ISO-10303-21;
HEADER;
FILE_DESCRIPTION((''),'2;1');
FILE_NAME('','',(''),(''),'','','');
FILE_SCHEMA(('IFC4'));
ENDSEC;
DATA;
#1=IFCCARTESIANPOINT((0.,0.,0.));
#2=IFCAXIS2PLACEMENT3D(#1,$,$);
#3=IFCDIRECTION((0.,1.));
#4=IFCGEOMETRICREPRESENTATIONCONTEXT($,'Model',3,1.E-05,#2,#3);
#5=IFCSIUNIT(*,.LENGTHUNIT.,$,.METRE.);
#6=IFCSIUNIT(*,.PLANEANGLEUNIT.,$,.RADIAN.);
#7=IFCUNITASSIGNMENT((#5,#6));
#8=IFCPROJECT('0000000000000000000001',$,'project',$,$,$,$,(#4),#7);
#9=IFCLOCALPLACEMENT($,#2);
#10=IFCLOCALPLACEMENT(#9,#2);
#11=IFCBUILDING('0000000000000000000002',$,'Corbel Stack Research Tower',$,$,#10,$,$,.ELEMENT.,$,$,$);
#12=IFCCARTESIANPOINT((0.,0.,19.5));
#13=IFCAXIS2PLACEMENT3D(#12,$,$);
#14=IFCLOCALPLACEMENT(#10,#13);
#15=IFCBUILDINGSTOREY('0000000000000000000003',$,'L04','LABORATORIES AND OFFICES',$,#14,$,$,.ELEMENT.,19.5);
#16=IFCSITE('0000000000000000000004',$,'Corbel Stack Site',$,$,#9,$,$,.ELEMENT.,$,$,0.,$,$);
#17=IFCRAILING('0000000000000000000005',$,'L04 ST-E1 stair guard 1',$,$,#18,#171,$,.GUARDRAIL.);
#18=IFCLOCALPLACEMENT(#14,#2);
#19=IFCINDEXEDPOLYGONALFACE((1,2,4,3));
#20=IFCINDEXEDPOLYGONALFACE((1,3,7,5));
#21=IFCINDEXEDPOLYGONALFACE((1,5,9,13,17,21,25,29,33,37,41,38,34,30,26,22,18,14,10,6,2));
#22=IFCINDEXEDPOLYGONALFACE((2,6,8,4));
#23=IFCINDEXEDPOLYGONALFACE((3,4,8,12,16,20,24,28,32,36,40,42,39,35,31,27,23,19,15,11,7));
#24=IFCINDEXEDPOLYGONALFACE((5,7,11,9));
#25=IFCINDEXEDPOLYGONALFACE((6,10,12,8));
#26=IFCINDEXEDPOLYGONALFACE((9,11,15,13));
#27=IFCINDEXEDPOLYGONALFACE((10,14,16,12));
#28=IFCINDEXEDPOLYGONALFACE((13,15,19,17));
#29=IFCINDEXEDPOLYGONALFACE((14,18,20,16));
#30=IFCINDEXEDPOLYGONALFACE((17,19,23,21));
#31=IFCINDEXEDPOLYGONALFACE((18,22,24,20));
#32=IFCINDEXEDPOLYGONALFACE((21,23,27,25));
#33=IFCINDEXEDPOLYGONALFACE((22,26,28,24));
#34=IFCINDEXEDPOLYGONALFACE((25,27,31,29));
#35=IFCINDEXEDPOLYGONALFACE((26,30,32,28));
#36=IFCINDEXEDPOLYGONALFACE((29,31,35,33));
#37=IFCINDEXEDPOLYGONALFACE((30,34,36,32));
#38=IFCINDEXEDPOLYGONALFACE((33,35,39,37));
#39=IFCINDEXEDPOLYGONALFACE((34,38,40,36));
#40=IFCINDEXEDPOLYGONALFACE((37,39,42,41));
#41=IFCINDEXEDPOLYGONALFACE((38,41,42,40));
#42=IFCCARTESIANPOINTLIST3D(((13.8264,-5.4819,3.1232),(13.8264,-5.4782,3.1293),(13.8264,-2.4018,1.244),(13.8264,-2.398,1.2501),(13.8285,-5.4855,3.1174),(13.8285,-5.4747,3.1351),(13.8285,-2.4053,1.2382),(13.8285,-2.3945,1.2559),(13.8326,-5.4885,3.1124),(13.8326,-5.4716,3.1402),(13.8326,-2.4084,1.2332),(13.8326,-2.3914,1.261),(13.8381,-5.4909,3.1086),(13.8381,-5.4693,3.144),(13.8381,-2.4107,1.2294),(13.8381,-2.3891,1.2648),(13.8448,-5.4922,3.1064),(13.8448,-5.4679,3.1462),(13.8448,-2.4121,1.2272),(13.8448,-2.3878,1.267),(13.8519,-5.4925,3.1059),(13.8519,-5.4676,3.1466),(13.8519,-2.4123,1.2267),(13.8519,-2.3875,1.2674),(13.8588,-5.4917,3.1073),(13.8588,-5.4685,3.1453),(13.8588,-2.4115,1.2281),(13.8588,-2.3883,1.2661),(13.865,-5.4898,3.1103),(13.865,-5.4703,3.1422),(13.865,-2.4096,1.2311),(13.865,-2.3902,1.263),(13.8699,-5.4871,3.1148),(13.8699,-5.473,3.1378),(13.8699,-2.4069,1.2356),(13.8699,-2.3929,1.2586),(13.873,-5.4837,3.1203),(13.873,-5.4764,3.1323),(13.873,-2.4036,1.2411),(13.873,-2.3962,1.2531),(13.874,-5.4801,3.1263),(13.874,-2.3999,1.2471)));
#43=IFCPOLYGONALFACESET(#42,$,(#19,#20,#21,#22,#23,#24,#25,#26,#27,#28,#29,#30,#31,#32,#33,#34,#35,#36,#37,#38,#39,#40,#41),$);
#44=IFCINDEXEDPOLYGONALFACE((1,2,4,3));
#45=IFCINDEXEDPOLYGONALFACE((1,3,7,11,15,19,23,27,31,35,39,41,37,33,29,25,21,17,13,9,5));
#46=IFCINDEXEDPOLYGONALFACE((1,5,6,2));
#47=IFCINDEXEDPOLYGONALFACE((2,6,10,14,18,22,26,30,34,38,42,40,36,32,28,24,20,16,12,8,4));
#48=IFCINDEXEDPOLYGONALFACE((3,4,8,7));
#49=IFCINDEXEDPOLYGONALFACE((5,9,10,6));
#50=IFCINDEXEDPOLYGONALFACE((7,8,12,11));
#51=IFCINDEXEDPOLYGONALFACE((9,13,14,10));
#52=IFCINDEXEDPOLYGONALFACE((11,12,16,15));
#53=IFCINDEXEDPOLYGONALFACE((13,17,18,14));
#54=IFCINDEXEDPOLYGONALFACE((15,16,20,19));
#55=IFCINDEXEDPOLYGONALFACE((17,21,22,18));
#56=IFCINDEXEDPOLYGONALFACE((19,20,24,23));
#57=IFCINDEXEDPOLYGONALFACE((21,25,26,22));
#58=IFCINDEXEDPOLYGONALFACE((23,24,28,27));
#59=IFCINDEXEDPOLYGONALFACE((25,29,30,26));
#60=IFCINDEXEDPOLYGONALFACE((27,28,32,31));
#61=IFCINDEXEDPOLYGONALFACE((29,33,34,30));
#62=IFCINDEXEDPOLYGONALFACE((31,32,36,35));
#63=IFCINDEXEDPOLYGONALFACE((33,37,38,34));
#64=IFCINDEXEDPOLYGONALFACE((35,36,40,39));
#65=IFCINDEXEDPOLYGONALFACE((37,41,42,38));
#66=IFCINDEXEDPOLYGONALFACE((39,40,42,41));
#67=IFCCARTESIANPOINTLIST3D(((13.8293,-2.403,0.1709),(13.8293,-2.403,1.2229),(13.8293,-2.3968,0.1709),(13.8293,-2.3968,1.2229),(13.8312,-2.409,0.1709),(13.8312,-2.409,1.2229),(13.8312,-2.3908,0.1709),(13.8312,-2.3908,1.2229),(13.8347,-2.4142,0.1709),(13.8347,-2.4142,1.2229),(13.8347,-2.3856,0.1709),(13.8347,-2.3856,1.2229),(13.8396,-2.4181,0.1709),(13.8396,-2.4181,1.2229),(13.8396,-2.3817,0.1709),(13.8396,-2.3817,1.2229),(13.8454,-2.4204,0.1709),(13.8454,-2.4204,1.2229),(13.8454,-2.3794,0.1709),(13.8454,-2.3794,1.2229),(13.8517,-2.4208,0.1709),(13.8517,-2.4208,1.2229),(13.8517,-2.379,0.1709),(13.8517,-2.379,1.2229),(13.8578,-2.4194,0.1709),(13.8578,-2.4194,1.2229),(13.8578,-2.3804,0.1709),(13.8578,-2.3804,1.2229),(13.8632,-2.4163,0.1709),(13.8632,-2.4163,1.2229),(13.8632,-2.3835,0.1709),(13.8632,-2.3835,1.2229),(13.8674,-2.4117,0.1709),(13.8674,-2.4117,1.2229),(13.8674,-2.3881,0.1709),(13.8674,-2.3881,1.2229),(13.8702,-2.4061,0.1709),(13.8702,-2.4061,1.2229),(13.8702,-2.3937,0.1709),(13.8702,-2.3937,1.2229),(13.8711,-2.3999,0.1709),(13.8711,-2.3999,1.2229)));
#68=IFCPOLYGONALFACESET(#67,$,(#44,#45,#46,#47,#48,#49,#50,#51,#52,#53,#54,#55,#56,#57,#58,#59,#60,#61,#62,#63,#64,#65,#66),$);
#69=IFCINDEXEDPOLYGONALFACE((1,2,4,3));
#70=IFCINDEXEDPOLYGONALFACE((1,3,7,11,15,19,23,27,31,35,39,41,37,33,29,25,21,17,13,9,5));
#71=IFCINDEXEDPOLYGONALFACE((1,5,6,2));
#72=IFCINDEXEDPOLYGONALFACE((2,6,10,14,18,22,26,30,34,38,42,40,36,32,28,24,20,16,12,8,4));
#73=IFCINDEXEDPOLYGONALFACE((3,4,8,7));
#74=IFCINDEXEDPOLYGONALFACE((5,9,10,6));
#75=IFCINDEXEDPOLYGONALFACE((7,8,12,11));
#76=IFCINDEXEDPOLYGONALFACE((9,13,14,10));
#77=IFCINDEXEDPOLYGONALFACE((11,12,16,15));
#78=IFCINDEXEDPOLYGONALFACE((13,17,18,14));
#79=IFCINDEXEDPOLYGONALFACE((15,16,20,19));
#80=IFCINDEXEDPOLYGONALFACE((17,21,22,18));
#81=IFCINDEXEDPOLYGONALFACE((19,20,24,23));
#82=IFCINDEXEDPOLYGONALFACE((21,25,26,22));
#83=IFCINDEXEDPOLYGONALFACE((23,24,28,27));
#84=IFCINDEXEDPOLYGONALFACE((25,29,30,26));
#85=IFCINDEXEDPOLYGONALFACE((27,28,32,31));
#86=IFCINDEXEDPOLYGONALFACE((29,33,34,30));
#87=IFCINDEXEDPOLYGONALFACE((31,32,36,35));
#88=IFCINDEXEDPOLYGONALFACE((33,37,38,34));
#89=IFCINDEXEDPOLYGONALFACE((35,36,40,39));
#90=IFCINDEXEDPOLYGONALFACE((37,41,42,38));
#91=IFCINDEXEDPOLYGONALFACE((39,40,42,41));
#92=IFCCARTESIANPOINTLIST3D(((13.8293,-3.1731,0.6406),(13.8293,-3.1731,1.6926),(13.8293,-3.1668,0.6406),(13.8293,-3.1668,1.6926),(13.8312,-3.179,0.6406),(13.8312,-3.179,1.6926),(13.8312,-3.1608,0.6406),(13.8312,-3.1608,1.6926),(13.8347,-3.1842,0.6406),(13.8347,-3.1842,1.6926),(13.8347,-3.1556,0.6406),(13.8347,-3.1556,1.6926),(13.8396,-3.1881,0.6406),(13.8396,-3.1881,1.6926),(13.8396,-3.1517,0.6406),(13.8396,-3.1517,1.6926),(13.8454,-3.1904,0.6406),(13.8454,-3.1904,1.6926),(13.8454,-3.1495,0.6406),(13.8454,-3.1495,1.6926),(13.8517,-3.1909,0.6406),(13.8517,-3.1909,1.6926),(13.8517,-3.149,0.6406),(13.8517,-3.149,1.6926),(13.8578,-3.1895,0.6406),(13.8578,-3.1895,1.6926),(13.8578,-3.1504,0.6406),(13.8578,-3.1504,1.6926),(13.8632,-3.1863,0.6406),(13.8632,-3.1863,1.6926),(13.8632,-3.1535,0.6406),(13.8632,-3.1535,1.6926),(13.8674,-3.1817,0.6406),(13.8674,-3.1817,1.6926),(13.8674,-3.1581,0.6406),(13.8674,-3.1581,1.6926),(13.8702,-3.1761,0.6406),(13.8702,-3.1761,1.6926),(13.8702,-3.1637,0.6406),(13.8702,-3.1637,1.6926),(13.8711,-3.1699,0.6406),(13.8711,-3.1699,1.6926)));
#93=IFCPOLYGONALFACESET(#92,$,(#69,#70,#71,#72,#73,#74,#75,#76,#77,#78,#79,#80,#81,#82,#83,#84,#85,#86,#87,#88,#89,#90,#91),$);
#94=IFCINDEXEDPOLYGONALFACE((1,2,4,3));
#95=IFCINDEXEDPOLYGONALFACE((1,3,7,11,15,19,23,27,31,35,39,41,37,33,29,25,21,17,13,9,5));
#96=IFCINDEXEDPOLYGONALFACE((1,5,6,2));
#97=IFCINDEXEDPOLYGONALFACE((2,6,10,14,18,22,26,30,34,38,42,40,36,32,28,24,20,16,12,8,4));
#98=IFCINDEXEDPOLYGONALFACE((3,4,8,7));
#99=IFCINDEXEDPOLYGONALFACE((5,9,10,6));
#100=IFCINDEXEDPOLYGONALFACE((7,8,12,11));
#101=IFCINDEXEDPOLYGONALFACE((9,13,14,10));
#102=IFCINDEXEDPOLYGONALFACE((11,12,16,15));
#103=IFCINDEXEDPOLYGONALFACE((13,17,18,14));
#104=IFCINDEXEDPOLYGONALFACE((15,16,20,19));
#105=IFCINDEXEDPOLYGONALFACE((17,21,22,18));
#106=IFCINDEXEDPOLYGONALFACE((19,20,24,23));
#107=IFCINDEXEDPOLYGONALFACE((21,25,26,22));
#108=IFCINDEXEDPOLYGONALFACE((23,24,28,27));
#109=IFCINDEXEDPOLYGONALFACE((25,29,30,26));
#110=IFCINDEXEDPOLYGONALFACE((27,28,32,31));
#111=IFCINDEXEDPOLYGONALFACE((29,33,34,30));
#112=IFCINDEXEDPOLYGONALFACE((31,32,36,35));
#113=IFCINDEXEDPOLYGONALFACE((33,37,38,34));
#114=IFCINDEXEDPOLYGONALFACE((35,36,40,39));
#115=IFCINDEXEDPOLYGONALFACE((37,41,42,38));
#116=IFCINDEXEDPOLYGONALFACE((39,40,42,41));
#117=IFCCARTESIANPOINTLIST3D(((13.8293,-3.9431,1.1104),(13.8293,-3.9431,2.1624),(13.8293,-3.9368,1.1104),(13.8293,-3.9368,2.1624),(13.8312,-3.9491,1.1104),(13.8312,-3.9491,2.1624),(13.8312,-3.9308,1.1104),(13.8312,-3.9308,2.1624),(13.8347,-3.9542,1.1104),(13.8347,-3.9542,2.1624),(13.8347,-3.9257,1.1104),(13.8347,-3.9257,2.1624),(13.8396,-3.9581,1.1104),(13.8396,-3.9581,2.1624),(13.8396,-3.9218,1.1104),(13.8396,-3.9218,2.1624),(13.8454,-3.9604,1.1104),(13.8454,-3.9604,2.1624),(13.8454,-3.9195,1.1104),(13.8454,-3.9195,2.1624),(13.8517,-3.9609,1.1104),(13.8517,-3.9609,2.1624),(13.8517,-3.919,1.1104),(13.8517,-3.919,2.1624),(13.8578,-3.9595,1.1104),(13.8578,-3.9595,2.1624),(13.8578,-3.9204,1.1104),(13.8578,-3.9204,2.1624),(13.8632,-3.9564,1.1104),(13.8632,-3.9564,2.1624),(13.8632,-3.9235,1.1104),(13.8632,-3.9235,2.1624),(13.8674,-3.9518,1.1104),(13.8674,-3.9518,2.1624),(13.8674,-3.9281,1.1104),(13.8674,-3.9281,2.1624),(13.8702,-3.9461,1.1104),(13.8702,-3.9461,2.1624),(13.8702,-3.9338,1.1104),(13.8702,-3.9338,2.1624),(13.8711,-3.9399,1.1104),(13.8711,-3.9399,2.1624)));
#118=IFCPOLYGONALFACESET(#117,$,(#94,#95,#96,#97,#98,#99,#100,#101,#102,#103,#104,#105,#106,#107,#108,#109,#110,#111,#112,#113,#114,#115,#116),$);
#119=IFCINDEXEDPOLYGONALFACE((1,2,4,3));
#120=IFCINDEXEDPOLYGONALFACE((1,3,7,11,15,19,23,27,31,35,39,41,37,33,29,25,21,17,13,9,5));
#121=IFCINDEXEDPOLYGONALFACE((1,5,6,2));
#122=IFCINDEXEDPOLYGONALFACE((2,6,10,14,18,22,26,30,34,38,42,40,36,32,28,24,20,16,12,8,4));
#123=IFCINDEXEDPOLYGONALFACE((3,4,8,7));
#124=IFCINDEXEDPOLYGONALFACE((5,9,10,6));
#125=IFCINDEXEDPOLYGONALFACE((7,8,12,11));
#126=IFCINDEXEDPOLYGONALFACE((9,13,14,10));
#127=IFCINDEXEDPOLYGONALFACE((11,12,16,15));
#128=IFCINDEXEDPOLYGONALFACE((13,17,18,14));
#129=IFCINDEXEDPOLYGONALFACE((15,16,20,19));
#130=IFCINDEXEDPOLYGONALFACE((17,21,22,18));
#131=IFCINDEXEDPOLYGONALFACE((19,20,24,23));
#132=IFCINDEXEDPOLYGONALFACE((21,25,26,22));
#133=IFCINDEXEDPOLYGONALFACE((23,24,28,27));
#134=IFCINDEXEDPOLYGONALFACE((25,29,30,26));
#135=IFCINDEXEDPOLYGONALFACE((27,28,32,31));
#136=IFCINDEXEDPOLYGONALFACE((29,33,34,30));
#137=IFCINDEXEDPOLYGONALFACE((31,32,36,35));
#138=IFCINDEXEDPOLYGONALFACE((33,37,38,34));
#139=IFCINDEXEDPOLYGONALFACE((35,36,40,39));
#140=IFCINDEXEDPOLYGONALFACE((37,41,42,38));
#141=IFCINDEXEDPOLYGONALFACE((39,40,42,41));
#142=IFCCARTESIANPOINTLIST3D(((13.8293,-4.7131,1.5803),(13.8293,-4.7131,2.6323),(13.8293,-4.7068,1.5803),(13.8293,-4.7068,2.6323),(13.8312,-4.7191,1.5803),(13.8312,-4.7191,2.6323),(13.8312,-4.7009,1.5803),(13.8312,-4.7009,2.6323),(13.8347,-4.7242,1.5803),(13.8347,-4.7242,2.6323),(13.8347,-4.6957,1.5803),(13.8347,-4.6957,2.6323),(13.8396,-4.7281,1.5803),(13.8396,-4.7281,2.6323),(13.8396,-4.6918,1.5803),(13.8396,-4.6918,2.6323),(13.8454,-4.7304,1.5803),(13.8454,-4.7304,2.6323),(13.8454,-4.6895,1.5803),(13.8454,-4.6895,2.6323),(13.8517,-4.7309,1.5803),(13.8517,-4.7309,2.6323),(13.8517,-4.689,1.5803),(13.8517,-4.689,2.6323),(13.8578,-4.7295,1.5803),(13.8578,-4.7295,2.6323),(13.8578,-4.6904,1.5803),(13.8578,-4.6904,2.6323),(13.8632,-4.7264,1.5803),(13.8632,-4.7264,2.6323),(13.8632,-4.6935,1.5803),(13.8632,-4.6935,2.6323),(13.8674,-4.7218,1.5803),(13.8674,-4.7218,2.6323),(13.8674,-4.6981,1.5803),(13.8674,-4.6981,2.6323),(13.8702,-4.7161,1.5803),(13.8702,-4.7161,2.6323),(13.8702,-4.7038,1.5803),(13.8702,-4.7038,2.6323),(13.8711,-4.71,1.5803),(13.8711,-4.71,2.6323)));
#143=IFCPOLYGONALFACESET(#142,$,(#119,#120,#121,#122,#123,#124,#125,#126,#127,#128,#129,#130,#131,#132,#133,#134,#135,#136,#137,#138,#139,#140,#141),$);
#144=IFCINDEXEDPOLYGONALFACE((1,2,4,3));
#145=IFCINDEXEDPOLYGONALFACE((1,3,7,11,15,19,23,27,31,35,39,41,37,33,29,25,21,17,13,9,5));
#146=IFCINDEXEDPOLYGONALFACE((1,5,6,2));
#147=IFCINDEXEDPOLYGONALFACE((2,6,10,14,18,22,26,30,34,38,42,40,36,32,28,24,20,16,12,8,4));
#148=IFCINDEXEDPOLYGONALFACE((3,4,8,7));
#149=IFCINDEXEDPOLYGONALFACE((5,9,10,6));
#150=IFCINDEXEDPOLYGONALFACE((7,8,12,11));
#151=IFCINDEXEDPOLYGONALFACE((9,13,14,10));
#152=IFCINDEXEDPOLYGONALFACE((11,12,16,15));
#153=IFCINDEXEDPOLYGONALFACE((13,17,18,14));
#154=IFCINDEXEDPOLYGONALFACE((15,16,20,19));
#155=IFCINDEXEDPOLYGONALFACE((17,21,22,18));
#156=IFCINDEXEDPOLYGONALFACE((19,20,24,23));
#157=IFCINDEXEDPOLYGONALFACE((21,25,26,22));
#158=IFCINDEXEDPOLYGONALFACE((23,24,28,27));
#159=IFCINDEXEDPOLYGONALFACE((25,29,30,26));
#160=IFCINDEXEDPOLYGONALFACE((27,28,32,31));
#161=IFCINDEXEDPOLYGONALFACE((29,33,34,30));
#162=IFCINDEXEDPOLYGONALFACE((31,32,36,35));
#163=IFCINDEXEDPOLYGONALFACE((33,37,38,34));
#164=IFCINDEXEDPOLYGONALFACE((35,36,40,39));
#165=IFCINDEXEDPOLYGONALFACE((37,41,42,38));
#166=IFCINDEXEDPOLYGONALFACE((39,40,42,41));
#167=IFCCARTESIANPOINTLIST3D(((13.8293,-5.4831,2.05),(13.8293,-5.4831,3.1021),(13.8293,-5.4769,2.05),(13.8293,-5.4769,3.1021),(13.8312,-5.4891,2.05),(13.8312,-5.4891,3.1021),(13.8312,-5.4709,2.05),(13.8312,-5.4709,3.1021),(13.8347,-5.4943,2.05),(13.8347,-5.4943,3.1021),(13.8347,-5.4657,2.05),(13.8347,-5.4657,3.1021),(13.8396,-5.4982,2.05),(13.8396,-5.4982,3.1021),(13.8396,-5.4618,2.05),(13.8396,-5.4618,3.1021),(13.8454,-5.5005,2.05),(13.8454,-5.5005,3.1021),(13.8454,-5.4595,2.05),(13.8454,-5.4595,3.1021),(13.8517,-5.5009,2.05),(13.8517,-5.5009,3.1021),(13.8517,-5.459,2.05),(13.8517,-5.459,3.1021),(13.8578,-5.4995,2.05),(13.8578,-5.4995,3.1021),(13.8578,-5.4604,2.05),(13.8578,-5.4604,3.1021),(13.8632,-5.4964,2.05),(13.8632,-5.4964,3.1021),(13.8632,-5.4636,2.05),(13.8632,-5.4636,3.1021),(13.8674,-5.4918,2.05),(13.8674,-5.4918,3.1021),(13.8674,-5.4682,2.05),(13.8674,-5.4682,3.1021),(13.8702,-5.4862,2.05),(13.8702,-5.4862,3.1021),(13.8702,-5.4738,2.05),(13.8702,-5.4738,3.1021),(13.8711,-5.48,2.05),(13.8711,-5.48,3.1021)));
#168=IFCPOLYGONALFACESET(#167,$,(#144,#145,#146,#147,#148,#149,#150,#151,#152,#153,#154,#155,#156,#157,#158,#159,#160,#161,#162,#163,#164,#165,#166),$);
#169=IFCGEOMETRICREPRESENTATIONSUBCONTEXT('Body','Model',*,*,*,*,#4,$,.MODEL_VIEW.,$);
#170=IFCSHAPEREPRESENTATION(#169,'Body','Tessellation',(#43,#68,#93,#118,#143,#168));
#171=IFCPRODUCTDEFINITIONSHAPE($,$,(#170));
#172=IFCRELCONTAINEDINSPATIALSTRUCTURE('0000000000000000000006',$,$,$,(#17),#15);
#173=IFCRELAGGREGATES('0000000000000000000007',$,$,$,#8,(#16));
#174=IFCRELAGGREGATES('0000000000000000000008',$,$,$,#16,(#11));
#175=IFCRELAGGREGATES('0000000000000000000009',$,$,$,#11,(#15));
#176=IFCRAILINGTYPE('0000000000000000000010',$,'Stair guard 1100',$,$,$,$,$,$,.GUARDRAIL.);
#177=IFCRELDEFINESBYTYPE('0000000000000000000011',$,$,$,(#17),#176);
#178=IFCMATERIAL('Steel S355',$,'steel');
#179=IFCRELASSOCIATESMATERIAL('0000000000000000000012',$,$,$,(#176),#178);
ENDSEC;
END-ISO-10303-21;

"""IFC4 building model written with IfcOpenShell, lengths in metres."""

from ifc_helpers import new_model, si_unit, direction, frame, origin, origin_2d, place, context, subcontext, project, spatial, circle, extrude, material, type_object, element, save


model = new_model("IFC4")

# Units and contexts
model_context = context("Model", 3, precision=1e-05, world=origin(), true_north=direction((0.0, 1.0)))
body_context = subcontext(model_context, "Body", "Model", "MODEL_VIEW")
ifc_project = project(units=[si_unit("LENGTHUNIT", "METRE"), si_unit("PLANEANGLEUNIT", "RADIAN")], contexts=[model_context])

# Site, building, storey
site_placement = place(None, origin())
site = spatial("IfcSite", under=ifc_project, at=site_placement, Name="Corbel Stack Site", CompositionType="ELEMENT", RefElevation=0.0)
building_placement = place(site_placement, origin())
building = spatial("IfcBuilding", under=site, at=building_placement, Name="Corbel Stack Research Tower", CompositionType="ELEMENT")
storey_placement = place(building_placement, frame((0.0, 0.0, 19.5)))
storey = spatial("IfcBuildingStorey", under=building, at=storey_placement, Name="L04", Description="LABORATORIES AND OFFICES", CompositionType="ELEMENT", Elevation=19.5)

# Railing
ifc_material_1 = material(Name="Steel S355", Category="steel")
railing_type_1 = type_object("IfcRailingType", Name="Stair guard 1100", PredefinedType="GUARDRAIL", material=ifc_material_1)
railing_1_placement = place(storey_placement, frame((13.8501, -2.3999, 0.1709)))
element("IfcRailing", 1, at=railing_1_placement, inside=storey, type_object=railing_type_1, Name="L04 ST-E1 stair guard 1", PredefinedType="GUARDRAIL", context=body_context, shape_type="SweptSolid", body=[
    extrude(circle(Radius=0.0239, at=origin_2d()), frame((0.0, 0.0, 1.0762), z_axis=(0.0, -0.853666, 0.52082), x_axis=(1.0, 0.0, 0.0)), (0.0, 0.0, 1.0), 3.6082),
    extrude(circle(Radius=0.021, at=origin_2d()), origin(), (0.0, 0.0, 1.0), 1.052),
    extrude(circle(Radius=0.021, at=origin_2d()), frame((0.0, -0.77, 0.4697)), (0.0, 0.0, 1.0), 1.052),
    extrude(circle(Radius=0.021, at=origin_2d()), frame((0.0, -1.54, 0.9395)), (0.0, 0.0, 1.0), 1.052),
    extrude(circle(Radius=0.021, at=origin_2d()), frame((0.0, -2.3101, 1.4094)), (0.0, 0.0, 1.0), 1.052),
    extrude(circle(Radius=0.021, at=origin_2d()), frame((0.0, -3.0801, 1.8792)), (0.0, 0.0, 1.0), 1.052),
])

save(model, "model.ifc")
